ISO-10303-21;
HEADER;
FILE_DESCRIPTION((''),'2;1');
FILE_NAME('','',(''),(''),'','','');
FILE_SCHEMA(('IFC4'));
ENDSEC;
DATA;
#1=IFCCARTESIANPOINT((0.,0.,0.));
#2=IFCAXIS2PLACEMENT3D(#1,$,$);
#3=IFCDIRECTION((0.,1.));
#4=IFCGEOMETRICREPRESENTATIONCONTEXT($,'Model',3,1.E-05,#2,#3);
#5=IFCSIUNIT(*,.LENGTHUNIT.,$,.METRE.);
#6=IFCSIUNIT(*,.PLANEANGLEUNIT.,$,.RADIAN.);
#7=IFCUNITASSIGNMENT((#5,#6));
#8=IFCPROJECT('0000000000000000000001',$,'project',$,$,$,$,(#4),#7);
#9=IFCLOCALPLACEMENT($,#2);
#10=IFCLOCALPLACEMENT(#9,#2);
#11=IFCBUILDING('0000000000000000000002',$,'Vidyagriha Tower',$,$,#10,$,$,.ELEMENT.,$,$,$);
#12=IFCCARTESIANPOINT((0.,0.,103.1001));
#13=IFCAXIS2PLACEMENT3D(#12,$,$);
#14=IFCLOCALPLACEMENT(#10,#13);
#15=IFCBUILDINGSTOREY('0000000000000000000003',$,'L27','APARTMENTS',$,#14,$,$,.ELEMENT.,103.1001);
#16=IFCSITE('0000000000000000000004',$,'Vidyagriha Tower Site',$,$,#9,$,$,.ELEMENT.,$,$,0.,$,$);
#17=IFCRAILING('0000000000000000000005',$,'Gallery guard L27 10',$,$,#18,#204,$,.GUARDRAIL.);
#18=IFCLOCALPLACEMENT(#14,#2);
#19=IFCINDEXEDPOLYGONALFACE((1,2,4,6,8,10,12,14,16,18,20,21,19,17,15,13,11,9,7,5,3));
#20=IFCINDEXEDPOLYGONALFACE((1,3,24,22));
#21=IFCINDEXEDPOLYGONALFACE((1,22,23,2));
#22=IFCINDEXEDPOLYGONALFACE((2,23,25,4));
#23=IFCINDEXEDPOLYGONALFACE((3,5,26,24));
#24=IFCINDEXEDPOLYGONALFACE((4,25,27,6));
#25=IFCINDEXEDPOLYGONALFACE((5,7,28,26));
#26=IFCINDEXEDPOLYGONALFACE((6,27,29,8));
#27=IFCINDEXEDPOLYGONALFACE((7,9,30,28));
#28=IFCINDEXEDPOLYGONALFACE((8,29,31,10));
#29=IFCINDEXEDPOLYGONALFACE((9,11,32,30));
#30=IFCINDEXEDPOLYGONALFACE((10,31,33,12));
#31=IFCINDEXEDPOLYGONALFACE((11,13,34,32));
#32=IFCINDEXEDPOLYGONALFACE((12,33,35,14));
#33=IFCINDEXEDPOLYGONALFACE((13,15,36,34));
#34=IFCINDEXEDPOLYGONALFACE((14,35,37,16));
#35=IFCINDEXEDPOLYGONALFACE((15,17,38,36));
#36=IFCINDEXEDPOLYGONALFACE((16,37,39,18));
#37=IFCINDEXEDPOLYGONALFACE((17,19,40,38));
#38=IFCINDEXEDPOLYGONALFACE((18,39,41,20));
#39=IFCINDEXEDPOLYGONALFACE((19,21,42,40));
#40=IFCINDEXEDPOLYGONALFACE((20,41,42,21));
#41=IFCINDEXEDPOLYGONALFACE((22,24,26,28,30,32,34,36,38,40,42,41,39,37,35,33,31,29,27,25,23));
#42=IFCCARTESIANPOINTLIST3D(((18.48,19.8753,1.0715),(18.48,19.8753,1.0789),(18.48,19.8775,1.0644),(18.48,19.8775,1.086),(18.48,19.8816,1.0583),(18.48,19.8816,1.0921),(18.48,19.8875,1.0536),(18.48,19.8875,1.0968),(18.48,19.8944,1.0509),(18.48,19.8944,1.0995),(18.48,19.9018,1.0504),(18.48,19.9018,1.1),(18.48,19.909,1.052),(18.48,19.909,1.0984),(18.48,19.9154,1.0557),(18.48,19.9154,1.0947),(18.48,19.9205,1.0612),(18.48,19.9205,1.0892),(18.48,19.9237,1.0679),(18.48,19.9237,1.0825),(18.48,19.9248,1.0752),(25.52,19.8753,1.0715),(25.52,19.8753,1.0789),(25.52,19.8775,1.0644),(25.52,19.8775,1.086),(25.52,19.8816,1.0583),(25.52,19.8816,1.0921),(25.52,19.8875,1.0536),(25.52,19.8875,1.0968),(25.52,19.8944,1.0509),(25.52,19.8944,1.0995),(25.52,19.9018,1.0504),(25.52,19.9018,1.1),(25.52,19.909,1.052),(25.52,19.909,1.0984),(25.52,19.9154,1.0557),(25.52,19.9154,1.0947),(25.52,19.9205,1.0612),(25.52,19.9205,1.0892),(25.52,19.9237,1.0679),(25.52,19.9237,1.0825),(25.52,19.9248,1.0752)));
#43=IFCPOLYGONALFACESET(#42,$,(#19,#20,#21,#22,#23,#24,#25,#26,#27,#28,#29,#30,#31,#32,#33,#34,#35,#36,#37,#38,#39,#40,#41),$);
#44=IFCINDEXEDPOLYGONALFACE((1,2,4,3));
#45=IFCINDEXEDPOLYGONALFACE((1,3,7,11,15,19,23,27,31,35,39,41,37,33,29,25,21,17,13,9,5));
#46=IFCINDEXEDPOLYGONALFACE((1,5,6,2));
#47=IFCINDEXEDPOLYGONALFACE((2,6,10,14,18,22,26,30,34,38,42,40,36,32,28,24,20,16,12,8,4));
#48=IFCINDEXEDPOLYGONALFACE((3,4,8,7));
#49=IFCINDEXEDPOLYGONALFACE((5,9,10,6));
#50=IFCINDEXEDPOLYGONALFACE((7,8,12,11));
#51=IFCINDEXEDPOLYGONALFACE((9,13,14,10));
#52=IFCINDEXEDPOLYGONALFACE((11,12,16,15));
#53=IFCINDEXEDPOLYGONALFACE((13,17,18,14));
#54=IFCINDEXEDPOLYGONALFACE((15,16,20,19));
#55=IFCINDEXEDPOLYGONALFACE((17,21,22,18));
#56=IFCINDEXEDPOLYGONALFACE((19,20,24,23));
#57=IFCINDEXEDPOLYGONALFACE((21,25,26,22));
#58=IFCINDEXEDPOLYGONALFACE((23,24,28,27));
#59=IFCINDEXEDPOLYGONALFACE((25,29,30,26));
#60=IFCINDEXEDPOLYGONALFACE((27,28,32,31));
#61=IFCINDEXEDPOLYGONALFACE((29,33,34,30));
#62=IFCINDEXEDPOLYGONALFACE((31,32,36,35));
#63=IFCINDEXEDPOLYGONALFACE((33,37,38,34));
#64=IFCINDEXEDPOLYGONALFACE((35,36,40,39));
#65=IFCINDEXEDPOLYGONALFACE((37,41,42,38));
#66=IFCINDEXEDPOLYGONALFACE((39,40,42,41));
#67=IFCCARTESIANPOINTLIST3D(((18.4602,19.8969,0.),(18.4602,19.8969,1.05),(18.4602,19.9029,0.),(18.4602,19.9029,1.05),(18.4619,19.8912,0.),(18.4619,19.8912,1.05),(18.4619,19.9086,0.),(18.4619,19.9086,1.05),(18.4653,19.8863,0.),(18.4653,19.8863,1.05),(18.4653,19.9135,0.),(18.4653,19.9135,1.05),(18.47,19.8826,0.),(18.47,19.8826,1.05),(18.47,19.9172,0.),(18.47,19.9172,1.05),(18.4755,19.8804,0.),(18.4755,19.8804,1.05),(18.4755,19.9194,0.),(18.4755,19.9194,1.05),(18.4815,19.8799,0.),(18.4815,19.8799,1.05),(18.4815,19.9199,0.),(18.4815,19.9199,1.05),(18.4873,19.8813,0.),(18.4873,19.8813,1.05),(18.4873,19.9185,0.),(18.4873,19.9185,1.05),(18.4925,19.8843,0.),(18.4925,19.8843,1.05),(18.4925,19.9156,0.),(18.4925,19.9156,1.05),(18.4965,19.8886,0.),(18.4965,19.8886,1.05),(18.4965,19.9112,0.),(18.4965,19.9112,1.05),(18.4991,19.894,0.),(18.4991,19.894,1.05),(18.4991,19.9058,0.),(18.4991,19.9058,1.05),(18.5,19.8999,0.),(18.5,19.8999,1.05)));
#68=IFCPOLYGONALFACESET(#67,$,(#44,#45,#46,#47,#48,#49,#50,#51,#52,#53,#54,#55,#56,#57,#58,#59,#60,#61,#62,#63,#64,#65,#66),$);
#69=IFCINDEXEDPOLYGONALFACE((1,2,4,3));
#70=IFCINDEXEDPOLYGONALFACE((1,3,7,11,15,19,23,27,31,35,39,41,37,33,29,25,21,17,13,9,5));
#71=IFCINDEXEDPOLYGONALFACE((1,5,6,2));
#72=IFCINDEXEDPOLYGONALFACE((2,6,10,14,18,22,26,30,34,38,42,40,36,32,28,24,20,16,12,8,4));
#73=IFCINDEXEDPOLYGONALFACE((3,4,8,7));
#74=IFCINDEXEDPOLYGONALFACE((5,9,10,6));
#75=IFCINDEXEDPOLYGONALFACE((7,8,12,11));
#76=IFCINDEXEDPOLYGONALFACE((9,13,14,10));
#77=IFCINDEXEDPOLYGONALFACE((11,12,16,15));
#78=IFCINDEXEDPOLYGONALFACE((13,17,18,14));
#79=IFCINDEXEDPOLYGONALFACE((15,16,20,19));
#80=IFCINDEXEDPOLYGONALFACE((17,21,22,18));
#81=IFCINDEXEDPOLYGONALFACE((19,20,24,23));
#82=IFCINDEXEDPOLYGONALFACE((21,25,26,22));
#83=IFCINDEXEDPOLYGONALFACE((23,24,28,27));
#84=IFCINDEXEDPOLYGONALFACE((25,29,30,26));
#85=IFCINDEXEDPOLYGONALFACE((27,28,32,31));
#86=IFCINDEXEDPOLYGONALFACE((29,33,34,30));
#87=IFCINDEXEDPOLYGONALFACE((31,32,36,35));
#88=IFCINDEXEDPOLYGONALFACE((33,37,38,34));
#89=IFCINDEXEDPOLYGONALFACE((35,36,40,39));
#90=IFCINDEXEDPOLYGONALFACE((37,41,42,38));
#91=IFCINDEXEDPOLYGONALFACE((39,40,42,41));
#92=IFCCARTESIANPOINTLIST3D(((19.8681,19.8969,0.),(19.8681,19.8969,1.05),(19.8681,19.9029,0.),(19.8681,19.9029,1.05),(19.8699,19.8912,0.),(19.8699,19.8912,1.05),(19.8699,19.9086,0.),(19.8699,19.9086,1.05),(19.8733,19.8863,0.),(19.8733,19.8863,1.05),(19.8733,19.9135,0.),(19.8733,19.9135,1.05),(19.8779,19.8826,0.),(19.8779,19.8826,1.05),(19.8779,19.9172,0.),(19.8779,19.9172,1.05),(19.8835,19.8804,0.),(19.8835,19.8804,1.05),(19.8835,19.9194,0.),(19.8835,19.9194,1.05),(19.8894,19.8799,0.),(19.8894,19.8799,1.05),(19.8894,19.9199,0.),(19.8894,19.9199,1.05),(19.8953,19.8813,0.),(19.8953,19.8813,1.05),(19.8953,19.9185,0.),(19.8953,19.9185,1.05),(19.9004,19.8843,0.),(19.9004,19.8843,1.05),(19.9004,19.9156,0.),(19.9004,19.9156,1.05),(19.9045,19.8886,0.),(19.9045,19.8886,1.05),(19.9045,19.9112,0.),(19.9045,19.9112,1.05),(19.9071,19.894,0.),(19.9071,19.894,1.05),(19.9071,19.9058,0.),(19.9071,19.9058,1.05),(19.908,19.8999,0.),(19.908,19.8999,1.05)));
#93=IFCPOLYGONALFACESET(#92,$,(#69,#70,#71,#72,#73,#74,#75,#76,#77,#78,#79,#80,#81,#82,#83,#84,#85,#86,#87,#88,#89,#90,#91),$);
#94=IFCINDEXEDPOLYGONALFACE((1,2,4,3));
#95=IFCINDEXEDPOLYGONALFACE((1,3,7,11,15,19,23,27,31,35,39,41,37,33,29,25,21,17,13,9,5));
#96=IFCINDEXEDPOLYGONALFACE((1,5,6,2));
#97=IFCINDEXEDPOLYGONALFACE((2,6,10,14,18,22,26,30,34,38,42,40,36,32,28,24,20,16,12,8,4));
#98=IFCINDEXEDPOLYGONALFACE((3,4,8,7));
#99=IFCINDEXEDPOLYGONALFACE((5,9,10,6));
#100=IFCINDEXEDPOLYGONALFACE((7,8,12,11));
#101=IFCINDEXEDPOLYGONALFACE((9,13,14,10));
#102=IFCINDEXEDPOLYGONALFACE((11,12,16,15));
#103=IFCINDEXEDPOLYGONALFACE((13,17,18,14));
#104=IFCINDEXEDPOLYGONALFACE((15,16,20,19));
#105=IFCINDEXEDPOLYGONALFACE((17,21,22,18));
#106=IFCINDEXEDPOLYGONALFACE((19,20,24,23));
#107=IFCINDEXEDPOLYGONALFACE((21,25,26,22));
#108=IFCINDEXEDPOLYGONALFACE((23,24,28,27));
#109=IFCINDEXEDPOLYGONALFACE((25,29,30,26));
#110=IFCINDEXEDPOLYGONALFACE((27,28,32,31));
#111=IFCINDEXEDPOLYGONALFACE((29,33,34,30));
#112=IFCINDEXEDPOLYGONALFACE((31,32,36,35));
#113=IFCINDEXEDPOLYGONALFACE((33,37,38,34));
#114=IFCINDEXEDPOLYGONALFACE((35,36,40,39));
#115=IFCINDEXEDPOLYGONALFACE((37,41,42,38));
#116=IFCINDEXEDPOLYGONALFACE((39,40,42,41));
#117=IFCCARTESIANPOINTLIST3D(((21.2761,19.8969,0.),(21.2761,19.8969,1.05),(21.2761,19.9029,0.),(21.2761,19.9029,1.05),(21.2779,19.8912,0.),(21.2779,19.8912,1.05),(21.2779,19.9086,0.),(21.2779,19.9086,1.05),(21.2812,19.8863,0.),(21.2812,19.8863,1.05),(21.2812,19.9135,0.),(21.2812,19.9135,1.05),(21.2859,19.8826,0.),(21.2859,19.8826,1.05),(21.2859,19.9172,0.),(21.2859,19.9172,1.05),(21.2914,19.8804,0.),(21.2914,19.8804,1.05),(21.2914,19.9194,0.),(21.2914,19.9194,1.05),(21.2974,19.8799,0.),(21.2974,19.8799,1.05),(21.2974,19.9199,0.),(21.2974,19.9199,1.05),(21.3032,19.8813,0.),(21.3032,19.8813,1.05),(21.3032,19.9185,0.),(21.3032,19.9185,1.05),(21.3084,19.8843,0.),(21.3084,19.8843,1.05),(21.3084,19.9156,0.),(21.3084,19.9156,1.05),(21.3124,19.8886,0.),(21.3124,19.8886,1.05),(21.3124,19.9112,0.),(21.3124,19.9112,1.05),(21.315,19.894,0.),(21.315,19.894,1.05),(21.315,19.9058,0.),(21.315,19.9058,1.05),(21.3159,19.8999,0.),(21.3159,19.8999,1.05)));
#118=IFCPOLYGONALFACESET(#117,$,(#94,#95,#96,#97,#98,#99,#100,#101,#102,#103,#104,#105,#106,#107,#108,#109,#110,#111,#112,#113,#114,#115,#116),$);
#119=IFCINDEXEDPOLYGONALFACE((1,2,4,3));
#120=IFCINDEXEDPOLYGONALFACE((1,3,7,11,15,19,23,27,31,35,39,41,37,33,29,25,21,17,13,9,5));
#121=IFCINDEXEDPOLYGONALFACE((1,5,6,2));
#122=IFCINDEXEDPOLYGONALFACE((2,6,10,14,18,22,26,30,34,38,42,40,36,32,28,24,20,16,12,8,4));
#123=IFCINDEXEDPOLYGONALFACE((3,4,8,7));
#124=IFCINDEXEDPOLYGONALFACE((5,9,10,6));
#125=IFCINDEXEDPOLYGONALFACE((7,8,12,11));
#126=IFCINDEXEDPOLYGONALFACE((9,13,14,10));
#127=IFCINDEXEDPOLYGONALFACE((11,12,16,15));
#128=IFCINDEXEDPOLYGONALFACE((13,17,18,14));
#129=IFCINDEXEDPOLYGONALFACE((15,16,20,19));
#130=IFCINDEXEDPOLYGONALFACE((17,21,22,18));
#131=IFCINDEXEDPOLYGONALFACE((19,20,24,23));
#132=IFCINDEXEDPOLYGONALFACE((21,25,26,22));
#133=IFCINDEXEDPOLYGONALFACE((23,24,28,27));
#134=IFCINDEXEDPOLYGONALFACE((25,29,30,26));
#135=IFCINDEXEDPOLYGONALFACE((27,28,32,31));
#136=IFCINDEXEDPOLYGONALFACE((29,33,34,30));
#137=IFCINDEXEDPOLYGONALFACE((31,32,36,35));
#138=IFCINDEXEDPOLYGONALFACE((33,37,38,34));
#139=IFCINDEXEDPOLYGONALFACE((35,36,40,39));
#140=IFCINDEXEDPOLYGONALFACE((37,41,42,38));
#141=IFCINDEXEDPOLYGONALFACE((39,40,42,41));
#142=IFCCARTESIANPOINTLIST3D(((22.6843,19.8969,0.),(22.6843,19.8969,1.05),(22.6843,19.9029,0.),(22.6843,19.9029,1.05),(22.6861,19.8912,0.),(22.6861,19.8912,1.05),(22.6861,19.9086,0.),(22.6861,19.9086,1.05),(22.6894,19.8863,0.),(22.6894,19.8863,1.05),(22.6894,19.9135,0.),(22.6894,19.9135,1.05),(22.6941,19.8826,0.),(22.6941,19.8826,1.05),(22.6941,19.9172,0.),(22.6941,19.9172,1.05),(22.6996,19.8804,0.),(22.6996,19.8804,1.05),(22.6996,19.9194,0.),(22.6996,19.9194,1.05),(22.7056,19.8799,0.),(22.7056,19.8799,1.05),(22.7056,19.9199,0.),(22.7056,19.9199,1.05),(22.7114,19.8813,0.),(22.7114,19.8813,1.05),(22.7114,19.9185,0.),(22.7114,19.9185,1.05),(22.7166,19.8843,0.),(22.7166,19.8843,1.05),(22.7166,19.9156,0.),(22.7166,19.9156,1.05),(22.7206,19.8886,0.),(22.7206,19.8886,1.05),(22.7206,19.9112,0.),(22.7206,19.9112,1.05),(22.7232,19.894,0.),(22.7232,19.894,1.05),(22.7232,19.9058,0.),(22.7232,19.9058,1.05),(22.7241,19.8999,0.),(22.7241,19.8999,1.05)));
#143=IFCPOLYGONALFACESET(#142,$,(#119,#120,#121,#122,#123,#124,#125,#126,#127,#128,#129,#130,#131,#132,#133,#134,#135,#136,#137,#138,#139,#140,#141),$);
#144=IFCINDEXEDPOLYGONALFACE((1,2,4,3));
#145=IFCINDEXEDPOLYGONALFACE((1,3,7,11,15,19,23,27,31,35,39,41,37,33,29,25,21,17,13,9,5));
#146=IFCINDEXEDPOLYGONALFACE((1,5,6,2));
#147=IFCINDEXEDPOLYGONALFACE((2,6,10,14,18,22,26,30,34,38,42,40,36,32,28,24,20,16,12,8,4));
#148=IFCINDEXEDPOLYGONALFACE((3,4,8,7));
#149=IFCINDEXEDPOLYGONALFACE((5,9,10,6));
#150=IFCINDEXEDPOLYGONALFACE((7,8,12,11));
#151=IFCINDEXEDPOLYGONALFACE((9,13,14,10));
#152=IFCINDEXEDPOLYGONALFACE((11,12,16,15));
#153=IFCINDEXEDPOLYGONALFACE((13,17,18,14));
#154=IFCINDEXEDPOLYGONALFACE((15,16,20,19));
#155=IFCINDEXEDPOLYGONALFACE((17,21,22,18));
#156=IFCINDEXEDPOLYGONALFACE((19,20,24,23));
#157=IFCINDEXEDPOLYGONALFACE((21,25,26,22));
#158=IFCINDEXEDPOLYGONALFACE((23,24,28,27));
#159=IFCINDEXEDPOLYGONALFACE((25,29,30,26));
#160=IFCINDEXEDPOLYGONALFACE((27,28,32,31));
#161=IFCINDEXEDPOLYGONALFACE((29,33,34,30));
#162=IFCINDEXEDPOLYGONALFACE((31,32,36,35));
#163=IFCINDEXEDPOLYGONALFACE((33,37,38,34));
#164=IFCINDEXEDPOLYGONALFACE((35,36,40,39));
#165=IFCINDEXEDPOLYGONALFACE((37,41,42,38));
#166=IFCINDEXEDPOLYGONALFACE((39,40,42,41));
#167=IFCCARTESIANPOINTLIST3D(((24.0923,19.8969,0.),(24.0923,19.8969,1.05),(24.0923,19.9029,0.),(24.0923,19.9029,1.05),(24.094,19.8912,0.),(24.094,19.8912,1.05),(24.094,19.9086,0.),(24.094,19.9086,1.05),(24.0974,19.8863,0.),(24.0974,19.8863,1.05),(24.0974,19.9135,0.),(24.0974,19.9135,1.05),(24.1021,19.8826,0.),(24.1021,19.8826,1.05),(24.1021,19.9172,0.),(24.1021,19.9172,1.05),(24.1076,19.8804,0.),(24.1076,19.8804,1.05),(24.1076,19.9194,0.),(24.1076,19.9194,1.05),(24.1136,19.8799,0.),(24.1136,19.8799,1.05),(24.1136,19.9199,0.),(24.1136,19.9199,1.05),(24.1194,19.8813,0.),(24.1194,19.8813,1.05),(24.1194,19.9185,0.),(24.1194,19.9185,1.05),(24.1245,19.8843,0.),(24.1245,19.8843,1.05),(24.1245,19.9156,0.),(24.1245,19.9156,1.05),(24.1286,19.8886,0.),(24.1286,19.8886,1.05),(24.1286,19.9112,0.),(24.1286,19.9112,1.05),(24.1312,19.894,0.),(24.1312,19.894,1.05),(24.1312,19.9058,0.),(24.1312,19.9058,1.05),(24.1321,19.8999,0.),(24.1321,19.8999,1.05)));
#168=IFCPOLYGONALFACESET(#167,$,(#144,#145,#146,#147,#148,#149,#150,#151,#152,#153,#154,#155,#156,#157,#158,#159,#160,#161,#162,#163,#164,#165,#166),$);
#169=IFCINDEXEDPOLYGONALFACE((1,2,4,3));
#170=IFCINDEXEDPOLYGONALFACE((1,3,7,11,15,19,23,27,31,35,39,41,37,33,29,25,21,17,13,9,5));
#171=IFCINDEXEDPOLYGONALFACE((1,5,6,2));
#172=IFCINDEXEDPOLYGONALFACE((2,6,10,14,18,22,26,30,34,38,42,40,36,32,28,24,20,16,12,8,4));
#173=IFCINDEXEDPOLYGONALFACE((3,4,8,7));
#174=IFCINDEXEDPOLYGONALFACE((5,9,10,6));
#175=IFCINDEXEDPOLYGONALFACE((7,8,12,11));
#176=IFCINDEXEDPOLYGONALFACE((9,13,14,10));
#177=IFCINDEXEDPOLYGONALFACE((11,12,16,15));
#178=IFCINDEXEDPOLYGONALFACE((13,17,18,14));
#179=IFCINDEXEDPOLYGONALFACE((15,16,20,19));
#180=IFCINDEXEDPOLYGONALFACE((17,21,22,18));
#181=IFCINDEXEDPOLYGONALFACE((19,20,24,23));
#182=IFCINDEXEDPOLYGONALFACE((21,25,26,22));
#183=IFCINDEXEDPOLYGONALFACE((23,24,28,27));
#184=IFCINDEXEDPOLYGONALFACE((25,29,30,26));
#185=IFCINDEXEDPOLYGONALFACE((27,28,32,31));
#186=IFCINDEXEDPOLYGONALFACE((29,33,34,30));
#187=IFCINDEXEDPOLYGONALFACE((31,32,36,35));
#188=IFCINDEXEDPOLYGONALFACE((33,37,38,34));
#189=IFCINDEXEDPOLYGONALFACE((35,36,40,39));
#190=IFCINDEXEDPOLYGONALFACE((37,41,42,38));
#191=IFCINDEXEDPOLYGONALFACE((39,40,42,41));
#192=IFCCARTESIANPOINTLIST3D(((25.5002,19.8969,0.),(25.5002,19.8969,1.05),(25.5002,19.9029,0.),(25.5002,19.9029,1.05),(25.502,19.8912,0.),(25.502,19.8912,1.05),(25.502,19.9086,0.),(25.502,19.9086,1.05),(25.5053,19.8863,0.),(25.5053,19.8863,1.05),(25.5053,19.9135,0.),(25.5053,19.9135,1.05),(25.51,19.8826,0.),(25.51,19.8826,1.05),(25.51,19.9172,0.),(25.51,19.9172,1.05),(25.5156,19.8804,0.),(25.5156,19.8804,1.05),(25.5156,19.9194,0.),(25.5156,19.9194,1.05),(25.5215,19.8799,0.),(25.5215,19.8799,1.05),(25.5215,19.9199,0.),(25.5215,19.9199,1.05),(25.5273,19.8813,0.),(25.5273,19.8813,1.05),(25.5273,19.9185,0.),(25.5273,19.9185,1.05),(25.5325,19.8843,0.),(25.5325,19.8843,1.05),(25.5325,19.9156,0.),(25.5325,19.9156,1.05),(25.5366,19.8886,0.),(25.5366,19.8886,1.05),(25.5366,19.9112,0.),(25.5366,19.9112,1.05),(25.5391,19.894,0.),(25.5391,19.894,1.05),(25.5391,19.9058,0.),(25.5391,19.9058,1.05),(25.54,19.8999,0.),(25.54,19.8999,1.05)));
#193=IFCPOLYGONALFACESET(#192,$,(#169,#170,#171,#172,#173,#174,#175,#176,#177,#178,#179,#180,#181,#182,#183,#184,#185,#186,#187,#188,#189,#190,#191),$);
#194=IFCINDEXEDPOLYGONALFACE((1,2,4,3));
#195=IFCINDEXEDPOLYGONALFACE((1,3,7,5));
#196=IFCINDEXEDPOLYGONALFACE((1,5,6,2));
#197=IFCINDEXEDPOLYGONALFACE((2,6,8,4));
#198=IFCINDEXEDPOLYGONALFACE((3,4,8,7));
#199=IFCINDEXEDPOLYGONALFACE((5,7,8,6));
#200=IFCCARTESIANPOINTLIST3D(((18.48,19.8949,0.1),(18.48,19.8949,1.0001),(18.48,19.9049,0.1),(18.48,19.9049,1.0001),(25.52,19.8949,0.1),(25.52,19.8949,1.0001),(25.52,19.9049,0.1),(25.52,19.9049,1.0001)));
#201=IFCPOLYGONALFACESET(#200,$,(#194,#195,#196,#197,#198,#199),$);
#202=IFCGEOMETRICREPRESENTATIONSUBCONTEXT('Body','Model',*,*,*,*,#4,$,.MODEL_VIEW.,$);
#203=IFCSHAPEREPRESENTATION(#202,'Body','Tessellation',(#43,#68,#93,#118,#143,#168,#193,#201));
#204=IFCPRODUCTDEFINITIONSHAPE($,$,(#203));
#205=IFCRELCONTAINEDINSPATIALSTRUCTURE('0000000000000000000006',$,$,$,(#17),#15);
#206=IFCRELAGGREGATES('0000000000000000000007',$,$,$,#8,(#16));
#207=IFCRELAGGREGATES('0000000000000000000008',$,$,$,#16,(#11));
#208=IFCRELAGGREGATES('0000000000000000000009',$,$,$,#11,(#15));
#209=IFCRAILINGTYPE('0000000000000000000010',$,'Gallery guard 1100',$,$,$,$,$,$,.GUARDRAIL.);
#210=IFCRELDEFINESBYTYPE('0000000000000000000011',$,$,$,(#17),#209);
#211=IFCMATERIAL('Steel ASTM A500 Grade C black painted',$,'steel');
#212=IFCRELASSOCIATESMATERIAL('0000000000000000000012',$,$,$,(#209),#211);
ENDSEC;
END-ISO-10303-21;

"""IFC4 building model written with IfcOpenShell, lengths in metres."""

from ifc_helpers import new_model, si_unit, direction, frame, origin, origin_2d, place, context, subcontext, project, spatial, rectangle, circle, extrude, material, type_object, element, save


model = new_model("IFC4")

# Units and contexts
model_context = context("Model", 3, precision=1e-05, world=origin(), true_north=direction((0.0, 1.0)))
body_context = subcontext(model_context, "Body", "Model", "MODEL_VIEW")
ifc_project = project(units=[si_unit("LENGTHUNIT", "METRE"), si_unit("PLANEANGLEUNIT", "RADIAN")], contexts=[model_context])

# Site, building, storey
site_placement = place(None, origin())
site = spatial("IfcSite", under=ifc_project, at=site_placement, Name="Vidyagriha Tower Site", CompositionType="ELEMENT", RefElevation=0.0)
building_placement = place(site_placement, origin())
building = spatial("IfcBuilding", under=site, at=building_placement, Name="Vidyagriha Tower", CompositionType="ELEMENT")
storey_placement = place(building_placement, frame((0.0, 0.0, 103.1001)))
storey = spatial("IfcBuildingStorey", under=building, at=storey_placement, Name="L27", Description="APARTMENTS", CompositionType="ELEMENT", Elevation=103.1001)

# Railing
ifc_material_1 = material(Name="Steel ASTM A500 Grade C black painted", Category="steel")
railing_type = type_object("IfcRailingType", Name="Gallery guard 1100", PredefinedType="GUARDRAIL", material=ifc_material_1)
for number, where, name in (
    (1, (18.48, 19.8999, 0.0), "Gallery guard L27 10"),
):
    element("IfcRailing", number, at=place(storey_placement, frame(where)), inside=storey, type_object=railing_type, Name=name, PredefinedType="GUARDRAIL", context=body_context, shape_type="SweptSolid", body=[
        extrude(circle(Radius=0.0249, at=origin_2d()), frame((0.0, 0.0, 1.0752), z_axis=(1.0, 0.0, 0.0), x_axis=(0.0, 1.0, 0.0)), (0.0, 0.0, 1.0), 7.04),
        extrude(circle(Radius=0.02, at=origin_2d()), origin(), (0.0, 0.0, 1.0), 1.05),
        extrude(circle(Radius=0.02, at=origin_2d()), frame((1.408, 0.0, 0.0)), (0.0, 0.0, 1.0), 1.05),
        extrude(circle(Radius=0.02, at=origin_2d()), frame((2.8159, 0.0, 0.0)), (0.0, 0.0, 1.0), 1.05),
        extrude(circle(Radius=0.02, at=origin_2d()), frame((4.2241, 0.0, 0.0)), (0.0, 0.0, 1.0), 1.05),
        extrude(circle(Radius=0.02, at=origin_2d()), frame((5.6321, 0.0, 0.0)), (0.0, 0.0, 1.0), 1.05),
        extrude(circle(Radius=0.02, at=origin_2d()), frame((7.04, 0.0, 0.0)), (0.0, 0.0, 1.0), 1.05),
        extrude(rectangle(XDim=0.01, YDim=0.9001, at=origin_2d()), frame((0.0, 0.0, 0.55), z_axis=(1.0, 0.0, 0.0), x_axis=(0.0, 1.0, 0.0)), (0.0, 0.0, 1.0), 7.04),
    ])

save(model, "model.ifc")
